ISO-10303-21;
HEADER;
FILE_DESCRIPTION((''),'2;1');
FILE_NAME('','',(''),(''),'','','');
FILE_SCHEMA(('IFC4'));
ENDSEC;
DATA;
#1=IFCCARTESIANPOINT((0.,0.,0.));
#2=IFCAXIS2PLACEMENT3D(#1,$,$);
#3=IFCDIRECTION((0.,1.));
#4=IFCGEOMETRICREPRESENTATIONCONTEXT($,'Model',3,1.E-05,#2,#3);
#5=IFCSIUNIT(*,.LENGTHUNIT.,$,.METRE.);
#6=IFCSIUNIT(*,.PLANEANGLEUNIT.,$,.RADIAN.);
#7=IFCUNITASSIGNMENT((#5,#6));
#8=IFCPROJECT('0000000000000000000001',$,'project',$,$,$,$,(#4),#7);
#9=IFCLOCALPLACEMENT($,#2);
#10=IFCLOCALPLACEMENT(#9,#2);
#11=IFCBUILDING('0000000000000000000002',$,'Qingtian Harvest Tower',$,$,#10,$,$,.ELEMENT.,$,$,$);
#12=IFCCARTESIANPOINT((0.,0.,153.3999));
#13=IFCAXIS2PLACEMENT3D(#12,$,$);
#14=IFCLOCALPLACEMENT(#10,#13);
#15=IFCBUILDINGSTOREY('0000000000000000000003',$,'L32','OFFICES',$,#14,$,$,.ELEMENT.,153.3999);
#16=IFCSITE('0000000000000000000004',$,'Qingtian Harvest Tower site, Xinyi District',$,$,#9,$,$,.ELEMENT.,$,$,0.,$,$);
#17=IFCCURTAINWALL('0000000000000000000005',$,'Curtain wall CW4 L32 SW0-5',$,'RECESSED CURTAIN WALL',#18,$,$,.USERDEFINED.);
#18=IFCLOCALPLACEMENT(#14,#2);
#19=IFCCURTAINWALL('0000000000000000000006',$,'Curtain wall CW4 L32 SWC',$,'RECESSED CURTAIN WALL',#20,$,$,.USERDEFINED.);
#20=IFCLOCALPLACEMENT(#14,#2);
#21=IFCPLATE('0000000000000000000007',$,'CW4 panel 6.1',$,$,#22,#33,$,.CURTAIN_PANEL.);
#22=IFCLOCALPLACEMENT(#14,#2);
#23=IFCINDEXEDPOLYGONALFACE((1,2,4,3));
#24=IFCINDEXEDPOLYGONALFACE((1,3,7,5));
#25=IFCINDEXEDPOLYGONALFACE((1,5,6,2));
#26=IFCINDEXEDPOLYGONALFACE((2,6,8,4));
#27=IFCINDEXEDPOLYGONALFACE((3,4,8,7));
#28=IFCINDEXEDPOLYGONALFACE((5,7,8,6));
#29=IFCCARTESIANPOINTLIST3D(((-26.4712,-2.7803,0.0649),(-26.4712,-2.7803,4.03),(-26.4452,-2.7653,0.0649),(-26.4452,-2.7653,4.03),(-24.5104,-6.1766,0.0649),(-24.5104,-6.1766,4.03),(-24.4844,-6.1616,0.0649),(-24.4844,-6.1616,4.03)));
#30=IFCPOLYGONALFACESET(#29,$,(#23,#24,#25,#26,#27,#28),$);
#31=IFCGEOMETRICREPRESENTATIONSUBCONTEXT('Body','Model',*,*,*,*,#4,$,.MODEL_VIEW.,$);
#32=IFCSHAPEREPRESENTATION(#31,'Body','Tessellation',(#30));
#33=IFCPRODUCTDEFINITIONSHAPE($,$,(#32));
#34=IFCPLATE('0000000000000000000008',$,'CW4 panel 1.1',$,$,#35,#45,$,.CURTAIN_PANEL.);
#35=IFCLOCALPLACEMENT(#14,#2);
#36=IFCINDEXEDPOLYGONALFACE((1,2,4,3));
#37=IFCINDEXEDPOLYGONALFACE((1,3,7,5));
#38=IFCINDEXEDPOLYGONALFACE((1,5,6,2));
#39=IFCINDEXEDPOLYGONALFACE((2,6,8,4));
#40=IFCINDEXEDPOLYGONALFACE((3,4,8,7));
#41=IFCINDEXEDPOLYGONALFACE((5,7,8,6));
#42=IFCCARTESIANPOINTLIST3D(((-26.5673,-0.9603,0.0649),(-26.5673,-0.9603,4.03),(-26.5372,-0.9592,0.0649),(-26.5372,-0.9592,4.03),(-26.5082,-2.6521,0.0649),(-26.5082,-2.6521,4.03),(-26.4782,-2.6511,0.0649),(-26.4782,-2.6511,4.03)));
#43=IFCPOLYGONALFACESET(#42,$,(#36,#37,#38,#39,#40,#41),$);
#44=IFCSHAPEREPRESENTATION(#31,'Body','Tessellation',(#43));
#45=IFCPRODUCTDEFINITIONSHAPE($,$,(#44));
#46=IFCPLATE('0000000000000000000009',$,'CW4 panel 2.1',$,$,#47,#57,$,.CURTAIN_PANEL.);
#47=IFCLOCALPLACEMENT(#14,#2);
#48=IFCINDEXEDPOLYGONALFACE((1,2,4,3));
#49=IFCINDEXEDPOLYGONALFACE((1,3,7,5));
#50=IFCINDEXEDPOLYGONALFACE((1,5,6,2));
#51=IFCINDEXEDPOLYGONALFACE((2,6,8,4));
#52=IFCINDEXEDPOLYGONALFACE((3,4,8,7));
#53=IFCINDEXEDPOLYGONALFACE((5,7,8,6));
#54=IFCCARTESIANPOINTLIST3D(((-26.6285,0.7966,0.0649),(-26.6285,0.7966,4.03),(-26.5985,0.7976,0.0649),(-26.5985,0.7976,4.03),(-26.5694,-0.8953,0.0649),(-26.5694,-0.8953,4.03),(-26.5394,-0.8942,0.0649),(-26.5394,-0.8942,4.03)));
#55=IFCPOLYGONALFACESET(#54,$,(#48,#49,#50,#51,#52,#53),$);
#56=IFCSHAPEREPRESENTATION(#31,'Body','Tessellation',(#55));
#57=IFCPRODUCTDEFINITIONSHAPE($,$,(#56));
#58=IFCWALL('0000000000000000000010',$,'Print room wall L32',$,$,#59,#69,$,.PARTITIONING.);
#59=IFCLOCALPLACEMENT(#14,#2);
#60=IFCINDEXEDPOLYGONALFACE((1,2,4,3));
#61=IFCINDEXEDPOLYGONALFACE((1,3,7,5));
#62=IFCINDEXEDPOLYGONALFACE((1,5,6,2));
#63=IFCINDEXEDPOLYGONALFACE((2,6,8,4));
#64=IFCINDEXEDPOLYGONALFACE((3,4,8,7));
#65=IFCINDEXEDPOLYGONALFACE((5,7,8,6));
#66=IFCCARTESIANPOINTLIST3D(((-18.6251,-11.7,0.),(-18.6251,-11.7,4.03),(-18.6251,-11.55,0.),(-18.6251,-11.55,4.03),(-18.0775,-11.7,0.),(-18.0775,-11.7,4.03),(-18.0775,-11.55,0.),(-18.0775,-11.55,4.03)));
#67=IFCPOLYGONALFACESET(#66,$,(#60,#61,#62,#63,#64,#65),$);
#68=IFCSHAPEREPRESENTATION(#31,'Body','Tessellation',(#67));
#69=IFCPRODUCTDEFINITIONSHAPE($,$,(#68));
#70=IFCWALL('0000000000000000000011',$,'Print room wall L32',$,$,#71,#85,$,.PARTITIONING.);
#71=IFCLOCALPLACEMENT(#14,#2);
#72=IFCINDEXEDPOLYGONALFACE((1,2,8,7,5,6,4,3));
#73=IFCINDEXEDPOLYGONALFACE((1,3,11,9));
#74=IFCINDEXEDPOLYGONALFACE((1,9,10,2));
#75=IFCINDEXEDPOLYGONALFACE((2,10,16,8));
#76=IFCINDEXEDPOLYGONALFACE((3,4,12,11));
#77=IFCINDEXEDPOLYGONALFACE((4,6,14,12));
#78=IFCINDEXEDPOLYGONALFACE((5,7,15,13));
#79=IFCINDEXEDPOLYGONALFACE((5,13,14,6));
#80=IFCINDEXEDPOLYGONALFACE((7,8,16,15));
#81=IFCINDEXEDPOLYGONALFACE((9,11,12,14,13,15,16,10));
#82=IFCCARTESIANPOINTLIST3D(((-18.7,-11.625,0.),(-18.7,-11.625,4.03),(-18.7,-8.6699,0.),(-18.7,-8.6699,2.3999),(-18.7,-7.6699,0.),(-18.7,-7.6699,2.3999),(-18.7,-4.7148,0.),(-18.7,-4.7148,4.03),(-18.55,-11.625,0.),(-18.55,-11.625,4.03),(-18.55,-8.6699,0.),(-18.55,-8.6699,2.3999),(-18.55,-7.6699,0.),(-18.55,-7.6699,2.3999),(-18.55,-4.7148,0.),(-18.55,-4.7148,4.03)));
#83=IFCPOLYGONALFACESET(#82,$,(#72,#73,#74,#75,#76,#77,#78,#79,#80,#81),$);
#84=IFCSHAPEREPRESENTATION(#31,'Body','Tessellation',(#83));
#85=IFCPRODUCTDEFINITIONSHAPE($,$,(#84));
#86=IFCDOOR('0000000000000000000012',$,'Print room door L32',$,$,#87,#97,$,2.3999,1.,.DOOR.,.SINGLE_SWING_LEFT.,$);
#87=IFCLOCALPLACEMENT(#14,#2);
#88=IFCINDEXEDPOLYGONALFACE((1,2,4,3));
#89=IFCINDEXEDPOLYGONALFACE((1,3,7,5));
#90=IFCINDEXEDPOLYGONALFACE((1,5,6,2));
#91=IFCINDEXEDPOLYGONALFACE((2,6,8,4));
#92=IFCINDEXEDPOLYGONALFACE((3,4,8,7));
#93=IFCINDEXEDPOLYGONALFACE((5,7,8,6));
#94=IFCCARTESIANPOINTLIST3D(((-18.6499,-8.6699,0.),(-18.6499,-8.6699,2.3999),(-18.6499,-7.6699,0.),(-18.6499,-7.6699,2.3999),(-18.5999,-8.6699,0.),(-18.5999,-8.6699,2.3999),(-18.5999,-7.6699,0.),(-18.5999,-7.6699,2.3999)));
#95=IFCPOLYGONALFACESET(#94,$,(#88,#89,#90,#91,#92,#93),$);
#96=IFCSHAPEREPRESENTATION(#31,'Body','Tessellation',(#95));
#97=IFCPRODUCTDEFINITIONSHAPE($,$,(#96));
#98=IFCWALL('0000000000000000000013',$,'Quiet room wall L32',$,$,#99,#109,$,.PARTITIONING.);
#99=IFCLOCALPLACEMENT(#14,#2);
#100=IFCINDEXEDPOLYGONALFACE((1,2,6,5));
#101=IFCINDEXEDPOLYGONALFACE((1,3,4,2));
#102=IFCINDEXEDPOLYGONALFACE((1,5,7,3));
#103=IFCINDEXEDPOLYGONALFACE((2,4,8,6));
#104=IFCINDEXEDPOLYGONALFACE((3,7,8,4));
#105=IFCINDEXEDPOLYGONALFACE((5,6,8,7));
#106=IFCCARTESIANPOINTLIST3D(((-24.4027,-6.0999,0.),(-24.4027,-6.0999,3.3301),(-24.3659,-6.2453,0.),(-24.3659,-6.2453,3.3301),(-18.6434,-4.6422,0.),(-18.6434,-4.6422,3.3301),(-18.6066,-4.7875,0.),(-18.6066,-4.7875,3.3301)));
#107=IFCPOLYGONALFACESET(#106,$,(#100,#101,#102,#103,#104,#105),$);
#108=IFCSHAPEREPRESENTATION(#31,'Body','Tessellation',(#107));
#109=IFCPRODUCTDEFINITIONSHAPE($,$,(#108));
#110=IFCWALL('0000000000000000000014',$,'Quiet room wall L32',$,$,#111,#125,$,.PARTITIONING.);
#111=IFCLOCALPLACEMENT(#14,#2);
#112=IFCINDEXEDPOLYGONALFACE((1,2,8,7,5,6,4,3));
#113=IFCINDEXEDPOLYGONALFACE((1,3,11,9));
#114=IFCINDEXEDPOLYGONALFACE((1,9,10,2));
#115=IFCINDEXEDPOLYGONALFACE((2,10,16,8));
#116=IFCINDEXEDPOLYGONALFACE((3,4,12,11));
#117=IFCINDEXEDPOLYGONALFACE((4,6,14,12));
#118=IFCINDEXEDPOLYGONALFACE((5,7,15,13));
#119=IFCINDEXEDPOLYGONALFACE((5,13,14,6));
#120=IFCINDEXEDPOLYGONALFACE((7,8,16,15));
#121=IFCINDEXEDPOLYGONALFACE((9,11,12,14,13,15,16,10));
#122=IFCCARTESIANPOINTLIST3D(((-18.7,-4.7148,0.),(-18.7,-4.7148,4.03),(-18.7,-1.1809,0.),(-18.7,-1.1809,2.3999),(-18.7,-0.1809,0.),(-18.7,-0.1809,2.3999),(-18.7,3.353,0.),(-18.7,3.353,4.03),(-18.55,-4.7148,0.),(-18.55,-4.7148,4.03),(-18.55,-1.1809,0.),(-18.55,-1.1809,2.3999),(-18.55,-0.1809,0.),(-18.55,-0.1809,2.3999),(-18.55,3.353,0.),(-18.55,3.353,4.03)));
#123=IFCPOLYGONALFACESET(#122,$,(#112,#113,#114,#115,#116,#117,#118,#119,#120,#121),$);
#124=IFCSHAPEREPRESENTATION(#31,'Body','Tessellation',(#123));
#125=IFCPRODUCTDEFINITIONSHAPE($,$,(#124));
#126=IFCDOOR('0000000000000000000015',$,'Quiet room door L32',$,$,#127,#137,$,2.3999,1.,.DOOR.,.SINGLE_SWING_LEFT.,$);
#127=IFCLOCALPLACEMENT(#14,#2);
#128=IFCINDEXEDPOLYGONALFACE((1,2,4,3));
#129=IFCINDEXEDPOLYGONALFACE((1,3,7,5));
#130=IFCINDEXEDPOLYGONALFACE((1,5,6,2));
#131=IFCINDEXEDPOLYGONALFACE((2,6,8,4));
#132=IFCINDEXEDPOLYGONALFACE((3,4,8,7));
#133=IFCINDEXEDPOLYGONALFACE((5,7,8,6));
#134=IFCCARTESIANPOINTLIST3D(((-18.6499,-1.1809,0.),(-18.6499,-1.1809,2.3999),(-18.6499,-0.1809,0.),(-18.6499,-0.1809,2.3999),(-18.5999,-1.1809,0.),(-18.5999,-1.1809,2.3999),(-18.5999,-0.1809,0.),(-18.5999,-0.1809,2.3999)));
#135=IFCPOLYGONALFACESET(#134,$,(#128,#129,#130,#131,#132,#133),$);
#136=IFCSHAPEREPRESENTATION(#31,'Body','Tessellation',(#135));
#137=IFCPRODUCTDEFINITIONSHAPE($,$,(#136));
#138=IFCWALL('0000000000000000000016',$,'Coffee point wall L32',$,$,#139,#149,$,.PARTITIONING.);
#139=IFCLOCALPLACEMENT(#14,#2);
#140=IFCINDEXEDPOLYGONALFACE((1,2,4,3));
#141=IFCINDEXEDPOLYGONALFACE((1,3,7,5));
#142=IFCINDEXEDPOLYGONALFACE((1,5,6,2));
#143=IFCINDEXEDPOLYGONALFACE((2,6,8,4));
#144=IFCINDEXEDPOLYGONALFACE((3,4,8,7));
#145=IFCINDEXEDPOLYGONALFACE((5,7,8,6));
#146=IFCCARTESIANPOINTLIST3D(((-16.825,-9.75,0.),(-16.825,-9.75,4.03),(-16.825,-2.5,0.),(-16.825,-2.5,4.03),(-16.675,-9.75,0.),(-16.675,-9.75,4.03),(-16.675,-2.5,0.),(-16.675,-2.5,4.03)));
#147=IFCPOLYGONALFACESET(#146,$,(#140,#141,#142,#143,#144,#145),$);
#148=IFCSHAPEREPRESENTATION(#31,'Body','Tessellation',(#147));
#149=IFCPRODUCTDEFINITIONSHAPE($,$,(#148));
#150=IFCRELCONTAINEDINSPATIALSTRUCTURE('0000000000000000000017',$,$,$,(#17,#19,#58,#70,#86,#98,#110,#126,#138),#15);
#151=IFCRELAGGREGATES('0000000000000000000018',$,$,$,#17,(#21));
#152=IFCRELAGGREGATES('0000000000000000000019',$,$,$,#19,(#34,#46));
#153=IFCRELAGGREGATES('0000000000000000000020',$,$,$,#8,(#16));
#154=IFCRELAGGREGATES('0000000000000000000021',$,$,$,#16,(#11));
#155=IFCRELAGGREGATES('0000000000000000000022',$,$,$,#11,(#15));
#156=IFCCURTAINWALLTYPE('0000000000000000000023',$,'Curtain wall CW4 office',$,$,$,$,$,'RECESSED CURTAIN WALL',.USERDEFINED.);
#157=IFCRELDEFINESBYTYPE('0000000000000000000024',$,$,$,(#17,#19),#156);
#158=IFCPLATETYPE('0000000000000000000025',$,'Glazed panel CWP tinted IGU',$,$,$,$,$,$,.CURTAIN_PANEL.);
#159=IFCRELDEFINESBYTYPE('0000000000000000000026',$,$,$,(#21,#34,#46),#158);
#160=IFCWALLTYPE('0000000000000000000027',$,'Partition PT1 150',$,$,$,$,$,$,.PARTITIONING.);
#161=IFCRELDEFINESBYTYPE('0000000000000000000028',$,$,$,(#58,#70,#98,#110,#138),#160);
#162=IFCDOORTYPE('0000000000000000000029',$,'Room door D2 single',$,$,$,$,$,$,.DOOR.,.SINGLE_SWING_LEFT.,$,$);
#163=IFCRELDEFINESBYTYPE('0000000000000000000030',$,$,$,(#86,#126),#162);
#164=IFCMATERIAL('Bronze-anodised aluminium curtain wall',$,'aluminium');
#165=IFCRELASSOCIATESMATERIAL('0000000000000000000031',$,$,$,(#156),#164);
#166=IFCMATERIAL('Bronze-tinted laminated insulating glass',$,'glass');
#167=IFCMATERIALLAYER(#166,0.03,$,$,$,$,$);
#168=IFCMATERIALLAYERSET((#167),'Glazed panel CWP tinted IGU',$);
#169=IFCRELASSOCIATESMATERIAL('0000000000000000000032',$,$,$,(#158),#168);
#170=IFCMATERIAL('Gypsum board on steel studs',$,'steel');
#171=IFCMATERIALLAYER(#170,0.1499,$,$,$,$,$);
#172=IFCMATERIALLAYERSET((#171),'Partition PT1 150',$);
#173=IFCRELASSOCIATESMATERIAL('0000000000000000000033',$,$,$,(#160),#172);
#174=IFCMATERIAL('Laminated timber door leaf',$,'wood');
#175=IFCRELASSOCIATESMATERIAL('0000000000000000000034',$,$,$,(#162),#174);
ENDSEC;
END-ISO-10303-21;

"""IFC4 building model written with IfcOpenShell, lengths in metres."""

from ifc_helpers import new_model, si_unit, direction, frame, frame_2d, origin, origin_2d, place, context, subcontext, project, spatial, rectangle, extrude, material, layer, layer_set, type_object, element, fill, aggregate, save


model = new_model("IFC4")

# Units and contexts
model_context = context("Model", 3, precision=1e-05, world=origin(), true_north=direction((0.0, 1.0)))
body_context = subcontext(model_context, "Body", "Model", "MODEL_VIEW")
ifc_project = project(units=[si_unit("LENGTHUNIT", "METRE"), si_unit("PLANEANGLEUNIT", "RADIAN")], contexts=[model_context])

# Site, building, storey
site_placement = place(None, origin())
site = spatial("IfcSite", under=ifc_project, at=site_placement, Name="Qingtian Harvest Tower site, Xinyi District", CompositionType="ELEMENT", RefElevation=0.0)
building_placement = place(site_placement, origin())
building = spatial("IfcBuilding", under=site, at=building_placement, Name="Qingtian Harvest Tower", CompositionType="ELEMENT")
storey_placement = place(building_placement, frame((0.0, 0.0, 153.3999)))
storey = spatial("IfcBuildingStorey", under=building, at=storey_placement, Name="L32", Description="OFFICES", CompositionType="ELEMENT", Elevation=153.3999)

# Curtain walls
ifc_material_1 = material(Name="Bronze-anodised aluminium curtain wall", Category="aluminium")
curtain_wall_type = type_object("IfcCurtainWallType", Name="Curtain wall CW4 office", ElementType="RECESSED CURTAIN WALL", PredefinedType="USERDEFINED", material=ifc_material_1)
curtain_wall_1_placement = place(storey_placement, origin())
curtain_wall_1 = element("IfcCurtainWall", 1, at=curtain_wall_1_placement, inside=storey, type_object=curtain_wall_type, Name="Curtain wall CW4 L32 SW0-5", ObjectType="RECESSED CURTAIN WALL", PredefinedType="USERDEFINED")
curtain_wall_2_placement = place(storey_placement, origin())
curtain_wall_2 = element("IfcCurtainWall", 2, at=curtain_wall_2_placement, inside=storey, type_object=curtain_wall_type, Name="Curtain wall CW4 L32 SWC", ObjectType="RECESSED CURTAIN WALL", PredefinedType="USERDEFINED")

# Plates
ifc_material_2 = material(Name="Bronze-tinted laminated insulating glass", Category="glass")
ifc_layer_1 = layer(ifc_material_2, 0.03)
ifc_layer_set_1 = layer_set([ifc_layer_1], Name="Glazed panel CWP tinted IGU")
plate_type = type_object("IfcPlateType", Name="Glazed panel CWP tinted IGU", PredefinedType="CURTAIN_PANEL", material=ifc_layer_set_1)
plate_1_placement = place(storey_placement, frame((-25.4778, -4.4709, 0.0649), z_axis=(0.0, 0.0, 1.0), x_axis=(-0.5, 0.866025, 0.0)))
plate_1 = element("IfcPlate", 3, at=plate_1_placement, type_object=plate_type, Name="CW4 panel 6.1", PredefinedType="CURTAIN_PANEL", context=body_context, shape_type="SweptSolid", body=[
    extrude(rectangle(XDim=3.9216, YDim=0.03, at=origin_2d()), origin(), (0.0, 0.0, 1.0), 3.9651),
])
aggregate(curtain_wall_1, [plate_1])
plate_2_placement = place(storey_placement, frame((-26.5227, -1.8057, 0.0649), z_axis=(0.0, 0.0, 1.0), x_axis=(-0.034899, 0.999391, 0.0)))
plate_2 = element("IfcPlate", 4, at=plate_2_placement, type_object=plate_type, Name="CW4 panel 1.1", PredefinedType="CURTAIN_PANEL", context=body_context, shape_type="SweptSolid", body=[
    extrude(rectangle(XDim=1.6929, YDim=0.03, at=origin_2d()), origin(), (0.0, 0.0, 1.0), 3.9651),
])
plate_3_placement = place(storey_placement, frame((-26.584, -0.0488, 0.0649), z_axis=(0.0, 0.0, 1.0), x_axis=(-0.034899, 0.999391, 0.0)))
plate_3 = element("IfcPlate", 5, at=plate_3_placement, type_object=plate_type, Name="CW4 panel 2.1", PredefinedType="CURTAIN_PANEL", context=body_context, shape_type="SweptSolid", body=[
    extrude(rectangle(XDim=1.6929, YDim=0.03, at=origin_2d()), origin(), (0.0, 0.0, 1.0), 3.9651),
])
aggregate(curtain_wall_2, [plate_2, plate_3])

# Wall
ifc_material_3 = material(Name="Gypsum board on steel studs", Category="steel")
ifc_layer_2 = layer(ifc_material_3, 0.1499)
ifc_layer_set_2 = layer_set([ifc_layer_2], Name="Partition PT1 150")
wall_type = type_object("IfcWallType", Name="Partition PT1 150", PredefinedType="PARTITIONING", material=ifc_layer_set_2)
wall_1_placement = place(storey_placement, frame((-18.0774, -11.625, 0.0), z_axis=(0.0, 0.0, 1.0), x_axis=(-1.0, 0.0, 0.0)))
element("IfcWall", 6, at=wall_1_placement, inside=storey, type_object=wall_type, Name="Print room wall L32", PredefinedType="PARTITIONING", context=body_context, shape_type="SweptSolid", body=[
    extrude(rectangle(XDim=0.5476, YDim=0.1499, at=frame_2d((0.2739, 0.0))), origin(), (0.0, 0.0, 1.0), 4.03),
])

# Wall, opening, door
wall_2_placement = place(storey_placement, frame((-18.625, -11.625, 0.0), z_axis=(0.0, 0.0, 1.0), x_axis=(0.0, 1.0, 0.0)))
wall_2 = element("IfcWall", 7, at=wall_2_placement, inside=storey, type_object=wall_type, Name="Print room wall L32", PredefinedType="PARTITIONING", context=body_context, shape_type="SweptSolid", body=[
    extrude(rectangle(XDim=6.9102, YDim=0.1499, at=frame_2d((3.4551, 0.0))), origin(), (0.0, 0.0, 1.0), 4.03),
])
opening_1_placement = place(wall_2_placement, frame((2.9551, 0.0, 0.0)))
opening_1 = element("IfcOpeningElement", 8, at=opening_1_placement, cuts=wall_2, PredefinedType="OPENING", context=body_context, shape_type="SweptSolid", body=[
    extrude(rectangle(XDim=1.0, YDim=2.3999, at=frame_2d((0.5, 1.2))), frame((0.0, 0.085, 0.0), z_axis=(0.0, -1.0, 0.0), x_axis=(1.0, 0.0, 0.0)), (0.0, 0.0, 1.0), 0.1699),
])
ifc_material_4 = material(Name="Laminated timber door leaf", Category="wood")
door_type = type_object("IfcDoorType", Name="Room door D2 single", OperationType="SINGLE_SWING_LEFT", PredefinedType="DOOR", material=ifc_material_4)
door_1_placement = place(opening_1_placement, origin())
door_1 = element("IfcDoor", 9, at=door_1_placement, inside=storey, type_object=door_type, Name="Print room door L32", OperationType="SINGLE_SWING_LEFT", OverallHeight=2.3999, OverallWidth=1.0, PredefinedType="DOOR", context=body_context, shape_type="SweptSolid", body=[
    extrude(rectangle(XDim=1.0, YDim=2.3999, at=frame_2d((0.5, 1.2))), frame((0.0, 0.0249, 0.0), z_axis=(0.0, -1.0, 0.0), x_axis=(1.0, 0.0, 0.0)), (0.0, 0.0, 1.0), 0.05),
])
fill(opening_1, door_1)

# Wall
wall_3_placement = place(storey_placement, frame((-24.3843, -6.1726, 0.0), z_axis=(0.0, 0.0, 1.0), x_axis=(0.969428, 0.245377, 0.0)))
element("IfcWall", 10, at=wall_3_placement, inside=storey, type_object=wall_type, Name="Quiet room wall L32", PredefinedType="PARTITIONING", context=body_context, shape_type="SweptSolid", body=[
    extrude(rectangle(XDim=5.9409, YDim=0.1499, at=frame_2d((2.9705, 0.0))), origin(), (0.0, 0.0, 1.0), 3.3301),
])

# Wall, opening, door
wall_4_placement = place(storey_placement, frame((-18.625, -4.7148, 0.0), z_axis=(0.0, 0.0, 1.0), x_axis=(0.0, 1.0, 0.0)))
wall_4 = element("IfcWall", 11, at=wall_4_placement, inside=storey, type_object=wall_type, Name="Quiet room wall L32", PredefinedType="PARTITIONING", context=body_context, shape_type="SweptSolid", body=[
    extrude(rectangle(XDim=8.0679, YDim=0.1499, at=frame_2d((4.0339, 0.0))), origin(), (0.0, 0.0, 1.0), 4.03),
])
opening_2_placement = place(wall_4_placement, frame((3.5339, 0.0, 0.0)))
opening_2 = element("IfcOpeningElement", 12, at=opening_2_placement, cuts=wall_4, PredefinedType="OPENING", context=body_context, shape_type="SweptSolid", body=[
    extrude(rectangle(XDim=1.0, YDim=2.3999, at=frame_2d((0.5, 1.2))), frame((0.0, 0.085, 0.0), z_axis=(0.0, -1.0, 0.0), x_axis=(1.0, 0.0, 0.0)), (0.0, 0.0, 1.0), 0.1699),
])
door_2_placement = place(opening_2_placement, origin())
door_2 = element("IfcDoor", 13, at=door_2_placement, inside=storey, type_object=door_type, Name="Quiet room door L32", OperationType="SINGLE_SWING_LEFT", OverallHeight=2.3999, OverallWidth=1.0, PredefinedType="DOOR", context=body_context, shape_type="SweptSolid", body=[
    extrude(rectangle(XDim=1.0, YDim=2.3999, at=frame_2d((0.5, 1.2))), frame((0.0, 0.0249, 0.0), z_axis=(0.0, -1.0, 0.0), x_axis=(1.0, 0.0, 0.0)), (0.0, 0.0, 1.0), 0.05),
])
fill(opening_2, door_2)

# Wall
wall_5_placement = place(storey_placement, frame((-16.75, -9.75, 0.0), z_axis=(0.0, 0.0, 1.0), x_axis=(0.0, 1.0, 0.0)))
element("IfcWall", 14, at=wall_5_placement, inside=storey, type_object=wall_type, Name="Coffee point wall L32", PredefinedType="PARTITIONING", context=body_context, shape_type="SweptSolid", body=[
    extrude(rectangle(XDim=7.25, YDim=0.1499, at=frame_2d((3.625, 0.0))), origin(), (0.0, 0.0, 1.0), 4.03),
])

save(model, "model.ifc")
